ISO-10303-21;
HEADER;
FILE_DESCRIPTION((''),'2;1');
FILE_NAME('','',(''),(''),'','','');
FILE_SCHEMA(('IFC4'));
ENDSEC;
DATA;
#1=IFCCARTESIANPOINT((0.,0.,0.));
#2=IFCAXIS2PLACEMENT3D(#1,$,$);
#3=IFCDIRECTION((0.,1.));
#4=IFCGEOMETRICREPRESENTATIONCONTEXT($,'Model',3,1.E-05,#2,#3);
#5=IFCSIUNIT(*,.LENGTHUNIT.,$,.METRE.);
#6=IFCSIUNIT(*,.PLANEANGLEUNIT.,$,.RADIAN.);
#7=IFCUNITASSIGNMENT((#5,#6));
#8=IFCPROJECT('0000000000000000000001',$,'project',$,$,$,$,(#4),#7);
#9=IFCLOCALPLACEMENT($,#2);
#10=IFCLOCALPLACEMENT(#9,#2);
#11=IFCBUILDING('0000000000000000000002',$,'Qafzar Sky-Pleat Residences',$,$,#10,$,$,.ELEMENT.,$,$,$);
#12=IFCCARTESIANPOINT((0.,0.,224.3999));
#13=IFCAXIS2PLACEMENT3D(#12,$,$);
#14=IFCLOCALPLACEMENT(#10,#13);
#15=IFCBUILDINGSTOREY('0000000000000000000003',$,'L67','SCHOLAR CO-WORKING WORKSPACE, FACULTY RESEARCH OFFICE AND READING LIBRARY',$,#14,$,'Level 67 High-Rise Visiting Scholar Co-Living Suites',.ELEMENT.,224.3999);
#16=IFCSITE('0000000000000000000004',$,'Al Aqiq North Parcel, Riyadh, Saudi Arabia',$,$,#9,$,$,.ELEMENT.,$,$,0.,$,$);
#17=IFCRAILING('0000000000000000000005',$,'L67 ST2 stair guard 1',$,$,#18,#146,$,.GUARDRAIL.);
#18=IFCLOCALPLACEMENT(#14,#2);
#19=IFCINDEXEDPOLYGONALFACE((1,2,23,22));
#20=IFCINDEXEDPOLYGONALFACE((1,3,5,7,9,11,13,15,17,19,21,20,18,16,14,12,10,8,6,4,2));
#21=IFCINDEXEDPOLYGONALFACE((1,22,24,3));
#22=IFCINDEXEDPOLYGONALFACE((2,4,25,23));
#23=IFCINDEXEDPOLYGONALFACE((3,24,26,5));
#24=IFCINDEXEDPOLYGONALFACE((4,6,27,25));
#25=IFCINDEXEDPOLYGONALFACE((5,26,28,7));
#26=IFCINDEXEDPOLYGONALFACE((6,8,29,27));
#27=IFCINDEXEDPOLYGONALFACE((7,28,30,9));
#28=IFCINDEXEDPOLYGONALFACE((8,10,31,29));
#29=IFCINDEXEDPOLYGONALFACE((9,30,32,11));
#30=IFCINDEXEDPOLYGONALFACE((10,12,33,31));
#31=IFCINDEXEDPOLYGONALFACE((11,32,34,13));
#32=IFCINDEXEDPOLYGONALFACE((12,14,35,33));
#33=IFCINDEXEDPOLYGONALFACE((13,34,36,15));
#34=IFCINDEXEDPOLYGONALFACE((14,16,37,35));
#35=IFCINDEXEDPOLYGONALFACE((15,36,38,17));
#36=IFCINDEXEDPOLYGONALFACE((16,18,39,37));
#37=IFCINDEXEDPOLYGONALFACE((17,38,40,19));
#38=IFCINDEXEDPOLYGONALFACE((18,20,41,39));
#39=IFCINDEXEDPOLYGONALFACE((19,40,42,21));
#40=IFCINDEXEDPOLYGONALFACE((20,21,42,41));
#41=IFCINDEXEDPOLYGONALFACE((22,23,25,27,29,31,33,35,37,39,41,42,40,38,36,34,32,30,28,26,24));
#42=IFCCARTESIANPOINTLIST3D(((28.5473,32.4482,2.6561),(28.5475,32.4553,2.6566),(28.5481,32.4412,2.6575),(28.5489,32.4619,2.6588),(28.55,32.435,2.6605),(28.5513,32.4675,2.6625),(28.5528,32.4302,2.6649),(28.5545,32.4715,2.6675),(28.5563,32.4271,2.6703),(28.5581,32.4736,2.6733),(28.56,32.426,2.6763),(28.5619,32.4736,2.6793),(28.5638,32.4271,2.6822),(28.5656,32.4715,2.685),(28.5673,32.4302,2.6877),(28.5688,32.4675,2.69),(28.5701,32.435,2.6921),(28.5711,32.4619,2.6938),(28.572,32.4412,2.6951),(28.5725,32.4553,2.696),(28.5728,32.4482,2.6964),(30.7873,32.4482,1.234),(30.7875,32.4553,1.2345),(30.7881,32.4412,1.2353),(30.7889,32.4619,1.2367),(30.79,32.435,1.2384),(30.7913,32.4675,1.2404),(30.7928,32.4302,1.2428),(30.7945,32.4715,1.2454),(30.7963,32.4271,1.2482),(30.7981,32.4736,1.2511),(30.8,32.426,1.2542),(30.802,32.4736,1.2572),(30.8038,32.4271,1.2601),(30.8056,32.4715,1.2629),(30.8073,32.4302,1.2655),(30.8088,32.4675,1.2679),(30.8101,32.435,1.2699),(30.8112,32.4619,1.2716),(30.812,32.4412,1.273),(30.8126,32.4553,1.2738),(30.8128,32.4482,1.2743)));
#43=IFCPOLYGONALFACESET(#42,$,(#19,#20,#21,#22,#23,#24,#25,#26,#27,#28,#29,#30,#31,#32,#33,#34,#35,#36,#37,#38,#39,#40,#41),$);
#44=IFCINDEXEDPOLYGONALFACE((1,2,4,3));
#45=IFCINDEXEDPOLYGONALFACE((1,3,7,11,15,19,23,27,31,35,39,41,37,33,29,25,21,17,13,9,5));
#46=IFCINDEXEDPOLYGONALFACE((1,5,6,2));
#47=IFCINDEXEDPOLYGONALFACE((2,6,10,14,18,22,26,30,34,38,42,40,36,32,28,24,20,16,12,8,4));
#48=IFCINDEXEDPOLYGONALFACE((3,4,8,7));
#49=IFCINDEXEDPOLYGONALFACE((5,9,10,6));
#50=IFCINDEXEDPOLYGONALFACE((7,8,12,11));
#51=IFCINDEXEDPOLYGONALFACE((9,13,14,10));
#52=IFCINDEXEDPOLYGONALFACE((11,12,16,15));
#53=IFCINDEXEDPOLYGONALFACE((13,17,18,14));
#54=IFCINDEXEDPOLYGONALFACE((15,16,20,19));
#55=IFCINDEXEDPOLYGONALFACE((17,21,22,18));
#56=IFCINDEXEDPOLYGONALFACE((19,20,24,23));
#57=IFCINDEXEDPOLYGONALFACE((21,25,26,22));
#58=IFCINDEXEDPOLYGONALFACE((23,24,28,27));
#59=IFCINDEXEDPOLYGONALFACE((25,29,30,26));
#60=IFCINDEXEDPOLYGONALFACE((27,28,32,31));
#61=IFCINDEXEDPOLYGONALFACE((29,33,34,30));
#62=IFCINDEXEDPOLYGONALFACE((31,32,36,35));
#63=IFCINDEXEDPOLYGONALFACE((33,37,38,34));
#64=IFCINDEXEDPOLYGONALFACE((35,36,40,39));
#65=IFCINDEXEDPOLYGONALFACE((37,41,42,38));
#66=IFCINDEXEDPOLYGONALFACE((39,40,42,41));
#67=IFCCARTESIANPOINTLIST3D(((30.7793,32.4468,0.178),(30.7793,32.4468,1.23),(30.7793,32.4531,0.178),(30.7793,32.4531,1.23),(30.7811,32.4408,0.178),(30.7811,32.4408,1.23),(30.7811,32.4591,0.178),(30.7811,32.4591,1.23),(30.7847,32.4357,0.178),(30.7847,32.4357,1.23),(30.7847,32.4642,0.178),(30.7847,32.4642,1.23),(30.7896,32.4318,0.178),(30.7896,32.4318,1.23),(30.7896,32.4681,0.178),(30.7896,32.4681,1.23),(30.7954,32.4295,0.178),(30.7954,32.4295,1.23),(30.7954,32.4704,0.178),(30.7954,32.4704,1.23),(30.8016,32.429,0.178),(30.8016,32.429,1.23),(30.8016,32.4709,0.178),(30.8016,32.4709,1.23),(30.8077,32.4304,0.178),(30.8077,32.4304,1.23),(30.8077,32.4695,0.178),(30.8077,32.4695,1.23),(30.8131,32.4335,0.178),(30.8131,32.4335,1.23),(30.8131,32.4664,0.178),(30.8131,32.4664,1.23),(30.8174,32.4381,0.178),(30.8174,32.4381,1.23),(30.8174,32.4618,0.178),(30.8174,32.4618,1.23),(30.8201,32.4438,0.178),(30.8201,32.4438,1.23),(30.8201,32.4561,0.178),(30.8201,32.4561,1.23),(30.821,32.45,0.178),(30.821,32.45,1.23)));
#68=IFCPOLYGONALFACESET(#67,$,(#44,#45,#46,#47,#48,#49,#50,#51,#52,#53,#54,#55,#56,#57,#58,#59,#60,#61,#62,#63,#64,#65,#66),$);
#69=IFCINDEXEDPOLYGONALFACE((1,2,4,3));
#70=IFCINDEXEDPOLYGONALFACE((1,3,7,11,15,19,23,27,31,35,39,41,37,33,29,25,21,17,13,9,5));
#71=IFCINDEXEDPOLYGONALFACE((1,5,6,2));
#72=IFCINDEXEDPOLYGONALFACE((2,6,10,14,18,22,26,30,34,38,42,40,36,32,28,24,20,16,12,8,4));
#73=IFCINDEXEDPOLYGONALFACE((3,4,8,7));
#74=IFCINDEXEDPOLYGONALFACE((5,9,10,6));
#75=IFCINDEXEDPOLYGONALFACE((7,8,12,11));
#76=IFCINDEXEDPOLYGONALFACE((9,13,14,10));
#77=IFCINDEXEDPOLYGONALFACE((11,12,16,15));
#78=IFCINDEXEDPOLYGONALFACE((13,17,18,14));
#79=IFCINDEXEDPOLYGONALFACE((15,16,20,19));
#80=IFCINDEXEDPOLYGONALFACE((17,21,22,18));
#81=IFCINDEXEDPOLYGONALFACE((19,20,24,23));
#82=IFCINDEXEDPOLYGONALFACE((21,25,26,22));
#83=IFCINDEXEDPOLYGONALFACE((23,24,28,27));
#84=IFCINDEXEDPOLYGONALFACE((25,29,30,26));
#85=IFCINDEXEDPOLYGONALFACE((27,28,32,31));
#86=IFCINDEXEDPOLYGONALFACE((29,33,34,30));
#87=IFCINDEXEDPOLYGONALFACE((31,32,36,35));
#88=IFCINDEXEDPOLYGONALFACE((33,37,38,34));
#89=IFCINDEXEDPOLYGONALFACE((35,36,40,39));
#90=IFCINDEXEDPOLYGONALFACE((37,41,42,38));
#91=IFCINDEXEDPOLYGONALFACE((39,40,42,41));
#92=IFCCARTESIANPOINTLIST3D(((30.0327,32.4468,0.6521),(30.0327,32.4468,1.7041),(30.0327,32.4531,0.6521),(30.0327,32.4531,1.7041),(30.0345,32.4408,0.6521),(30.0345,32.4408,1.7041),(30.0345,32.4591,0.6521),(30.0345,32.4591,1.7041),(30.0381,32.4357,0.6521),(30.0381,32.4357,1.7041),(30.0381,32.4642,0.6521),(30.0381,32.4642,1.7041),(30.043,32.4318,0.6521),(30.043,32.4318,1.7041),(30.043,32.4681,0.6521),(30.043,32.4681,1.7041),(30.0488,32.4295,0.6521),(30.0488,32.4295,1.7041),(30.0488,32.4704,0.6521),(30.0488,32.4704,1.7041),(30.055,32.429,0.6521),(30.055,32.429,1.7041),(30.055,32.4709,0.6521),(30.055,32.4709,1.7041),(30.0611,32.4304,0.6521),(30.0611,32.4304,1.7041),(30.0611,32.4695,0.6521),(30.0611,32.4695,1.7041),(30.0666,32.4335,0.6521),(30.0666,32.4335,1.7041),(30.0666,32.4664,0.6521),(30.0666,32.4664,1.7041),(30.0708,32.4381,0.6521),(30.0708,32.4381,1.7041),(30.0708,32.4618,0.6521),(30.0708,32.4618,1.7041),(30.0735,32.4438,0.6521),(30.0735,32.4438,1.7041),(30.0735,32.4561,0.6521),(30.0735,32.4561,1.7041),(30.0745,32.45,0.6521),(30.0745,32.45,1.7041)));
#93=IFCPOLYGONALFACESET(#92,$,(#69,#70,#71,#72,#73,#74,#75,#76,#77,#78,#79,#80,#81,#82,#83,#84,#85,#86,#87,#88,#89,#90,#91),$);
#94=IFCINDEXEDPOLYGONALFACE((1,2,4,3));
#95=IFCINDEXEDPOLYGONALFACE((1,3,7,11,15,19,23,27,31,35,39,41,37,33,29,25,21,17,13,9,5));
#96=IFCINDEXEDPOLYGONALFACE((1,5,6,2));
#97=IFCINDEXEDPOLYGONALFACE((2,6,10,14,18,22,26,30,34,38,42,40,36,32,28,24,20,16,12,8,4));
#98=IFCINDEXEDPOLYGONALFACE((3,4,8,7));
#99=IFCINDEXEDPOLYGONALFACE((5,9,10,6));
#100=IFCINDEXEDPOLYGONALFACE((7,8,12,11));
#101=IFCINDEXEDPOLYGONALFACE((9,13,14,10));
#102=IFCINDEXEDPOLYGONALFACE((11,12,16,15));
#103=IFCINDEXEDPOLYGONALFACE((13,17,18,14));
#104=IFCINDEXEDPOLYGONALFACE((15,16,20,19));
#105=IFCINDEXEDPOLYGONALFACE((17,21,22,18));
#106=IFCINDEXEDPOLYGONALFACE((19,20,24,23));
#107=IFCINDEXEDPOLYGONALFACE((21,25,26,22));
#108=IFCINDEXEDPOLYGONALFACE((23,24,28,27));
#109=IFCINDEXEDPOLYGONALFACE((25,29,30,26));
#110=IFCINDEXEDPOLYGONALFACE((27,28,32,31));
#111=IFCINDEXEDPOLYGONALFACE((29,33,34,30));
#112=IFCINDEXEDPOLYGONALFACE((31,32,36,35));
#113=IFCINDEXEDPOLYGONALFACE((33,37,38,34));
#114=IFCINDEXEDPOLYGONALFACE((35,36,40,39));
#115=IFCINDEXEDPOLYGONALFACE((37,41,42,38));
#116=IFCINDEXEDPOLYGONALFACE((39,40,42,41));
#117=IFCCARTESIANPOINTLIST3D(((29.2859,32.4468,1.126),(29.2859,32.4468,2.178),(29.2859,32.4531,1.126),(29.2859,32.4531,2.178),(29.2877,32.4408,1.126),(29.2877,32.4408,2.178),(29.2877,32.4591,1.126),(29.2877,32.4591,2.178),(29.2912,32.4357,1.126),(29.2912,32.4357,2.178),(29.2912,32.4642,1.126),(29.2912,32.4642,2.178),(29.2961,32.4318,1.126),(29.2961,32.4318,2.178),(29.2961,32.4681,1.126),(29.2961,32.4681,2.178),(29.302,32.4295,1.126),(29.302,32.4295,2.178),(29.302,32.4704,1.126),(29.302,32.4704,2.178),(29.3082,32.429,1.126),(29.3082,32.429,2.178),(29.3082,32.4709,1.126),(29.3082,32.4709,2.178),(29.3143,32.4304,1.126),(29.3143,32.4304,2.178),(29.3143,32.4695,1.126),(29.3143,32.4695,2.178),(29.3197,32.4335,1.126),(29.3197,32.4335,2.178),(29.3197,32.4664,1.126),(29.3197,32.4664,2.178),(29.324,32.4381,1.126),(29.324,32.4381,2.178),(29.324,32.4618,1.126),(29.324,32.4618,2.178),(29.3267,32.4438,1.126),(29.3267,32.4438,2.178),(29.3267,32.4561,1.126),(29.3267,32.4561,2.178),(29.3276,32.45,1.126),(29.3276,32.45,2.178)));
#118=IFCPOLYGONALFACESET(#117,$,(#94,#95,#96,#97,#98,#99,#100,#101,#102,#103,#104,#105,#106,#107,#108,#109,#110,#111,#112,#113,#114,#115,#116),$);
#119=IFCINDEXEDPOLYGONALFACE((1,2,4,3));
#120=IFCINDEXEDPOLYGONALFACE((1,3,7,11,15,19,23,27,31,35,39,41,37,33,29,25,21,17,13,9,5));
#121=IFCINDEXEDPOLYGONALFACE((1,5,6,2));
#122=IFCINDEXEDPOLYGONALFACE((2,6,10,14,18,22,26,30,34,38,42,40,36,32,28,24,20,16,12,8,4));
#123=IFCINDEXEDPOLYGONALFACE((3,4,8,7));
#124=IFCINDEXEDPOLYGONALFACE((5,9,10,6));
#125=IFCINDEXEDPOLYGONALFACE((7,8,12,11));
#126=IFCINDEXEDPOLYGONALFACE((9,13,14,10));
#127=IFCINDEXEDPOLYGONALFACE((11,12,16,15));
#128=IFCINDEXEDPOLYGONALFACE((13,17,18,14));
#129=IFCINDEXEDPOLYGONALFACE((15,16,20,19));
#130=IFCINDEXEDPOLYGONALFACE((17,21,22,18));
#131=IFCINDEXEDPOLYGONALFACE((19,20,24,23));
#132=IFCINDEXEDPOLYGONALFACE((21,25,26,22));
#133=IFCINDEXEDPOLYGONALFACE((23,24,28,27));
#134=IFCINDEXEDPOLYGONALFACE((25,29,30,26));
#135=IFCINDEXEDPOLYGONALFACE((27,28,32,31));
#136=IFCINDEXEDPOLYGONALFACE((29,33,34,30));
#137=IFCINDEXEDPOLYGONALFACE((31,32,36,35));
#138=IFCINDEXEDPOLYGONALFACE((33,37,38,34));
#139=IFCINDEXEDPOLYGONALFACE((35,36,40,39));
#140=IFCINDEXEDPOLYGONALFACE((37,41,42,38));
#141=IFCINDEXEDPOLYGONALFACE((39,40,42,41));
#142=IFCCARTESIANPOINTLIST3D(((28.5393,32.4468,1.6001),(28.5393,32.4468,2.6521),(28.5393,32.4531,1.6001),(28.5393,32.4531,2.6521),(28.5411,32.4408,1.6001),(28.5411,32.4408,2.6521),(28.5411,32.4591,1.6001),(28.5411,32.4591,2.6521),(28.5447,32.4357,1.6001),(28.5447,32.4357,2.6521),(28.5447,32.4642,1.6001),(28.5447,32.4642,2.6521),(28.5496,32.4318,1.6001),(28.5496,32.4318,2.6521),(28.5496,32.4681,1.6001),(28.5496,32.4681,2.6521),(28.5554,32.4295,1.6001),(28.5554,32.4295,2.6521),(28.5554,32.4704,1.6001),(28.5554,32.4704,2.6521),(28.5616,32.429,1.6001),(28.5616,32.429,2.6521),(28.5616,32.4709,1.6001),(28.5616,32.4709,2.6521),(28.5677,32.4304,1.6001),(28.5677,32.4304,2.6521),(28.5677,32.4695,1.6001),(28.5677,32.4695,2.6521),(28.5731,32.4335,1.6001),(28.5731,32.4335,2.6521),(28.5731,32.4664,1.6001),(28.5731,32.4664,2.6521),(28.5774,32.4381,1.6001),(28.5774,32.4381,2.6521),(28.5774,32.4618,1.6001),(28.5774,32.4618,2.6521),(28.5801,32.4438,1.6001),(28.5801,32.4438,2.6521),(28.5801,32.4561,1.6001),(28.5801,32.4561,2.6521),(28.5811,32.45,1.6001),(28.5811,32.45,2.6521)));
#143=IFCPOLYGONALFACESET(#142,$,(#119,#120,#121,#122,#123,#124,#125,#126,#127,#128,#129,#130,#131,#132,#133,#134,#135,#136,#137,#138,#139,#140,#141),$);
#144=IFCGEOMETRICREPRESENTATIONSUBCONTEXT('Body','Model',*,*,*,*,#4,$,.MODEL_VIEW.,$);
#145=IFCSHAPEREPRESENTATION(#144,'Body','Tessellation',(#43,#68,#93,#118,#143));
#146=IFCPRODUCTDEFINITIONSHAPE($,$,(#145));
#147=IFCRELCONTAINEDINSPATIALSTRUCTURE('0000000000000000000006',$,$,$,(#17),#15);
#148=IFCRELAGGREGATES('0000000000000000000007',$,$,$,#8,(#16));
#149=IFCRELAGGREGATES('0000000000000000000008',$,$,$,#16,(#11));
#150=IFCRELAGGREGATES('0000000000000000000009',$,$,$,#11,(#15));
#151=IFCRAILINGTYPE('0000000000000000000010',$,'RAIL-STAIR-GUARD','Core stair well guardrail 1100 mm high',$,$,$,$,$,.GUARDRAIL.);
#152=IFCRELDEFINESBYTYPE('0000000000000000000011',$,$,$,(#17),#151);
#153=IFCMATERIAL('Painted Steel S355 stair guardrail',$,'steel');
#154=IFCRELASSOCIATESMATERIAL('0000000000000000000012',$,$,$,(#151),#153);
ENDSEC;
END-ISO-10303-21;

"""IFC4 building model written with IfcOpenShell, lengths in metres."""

from ifc_helpers import new_model, si_unit, direction, frame, origin, origin_2d, place, context, subcontext, project, spatial, circle, extrude, source, transform, mapped, material, type_object, element, save


model = new_model("IFC4")

# Units and contexts
model_context = context("Model", 3, precision=1e-05, world=origin(), true_north=direction((0.0, 1.0)))
body_context = subcontext(model_context, "Body", "Model", "MODEL_VIEW")
ifc_project = project(units=[si_unit("LENGTHUNIT", "METRE"), si_unit("PLANEANGLEUNIT", "RADIAN")], contexts=[model_context])

# Site, building, storey
site_placement = place(None, origin())
site = spatial("IfcSite", under=ifc_project, at=site_placement, Name="Al Aqiq North Parcel, Riyadh, Saudi Arabia", CompositionType="ELEMENT", RefElevation=0.0)
building_placement = place(site_placement, origin())
building = spatial("IfcBuilding", under=site, at=building_placement, Name="Qafzar Sky-Pleat Residences", CompositionType="ELEMENT")
storey_placement = place(building_placement, frame((0.0, 0.0, 224.3999)))
storey = spatial("IfcBuildingStorey", under=building, at=storey_placement, Name="L67", Description="SCHOLAR CO-WORKING WORKSPACE, FACULTY RESEARCH OFFICE AND READING LIBRARY", LongName="Level 67 High-Rise Visiting Scholar Co-Living Suites", CompositionType="ELEMENT", Elevation=224.3999)

# Railing
ifc_material_1 = material(Name="Painted Steel S355 stair guardrail", Category="steel")
railing_type_1 = type_object("IfcRailingType", Name="RAIL-STAIR-GUARD", Description="Core stair well guardrail 1100 mm high", PredefinedType="GUARDRAIL", material=ifc_material_1)
shared_shape_1 = source(origin(), body_context, "Body", "SweptSolid", [
    extrude(circle(Radius=0.0239, at=origin_2d()), frame((0.0, 0.0, 1.0762), z_axis=(-0.844229, 0.0, 0.535982), x_axis=(0.0, -1.0, 0.0)), (0.0, 0.0, 1.0), 2.6533),
    extrude(circle(Radius=0.021, at=origin_2d()), origin(), (0.0, 0.0, 1.0), 1.052),
    extrude(circle(Radius=0.021, at=origin_2d()), frame((-0.7466, 0.0, 0.4741)), (0.0, 0.0, 1.0), 1.052),
    extrude(circle(Radius=0.021, at=origin_2d()), frame((-1.4934, 0.0, 0.948)), (0.0, 0.0, 1.0), 1.052),
    extrude(circle(Radius=0.021, at=origin_2d()), frame((-2.24, 0.0, 1.4221)), (0.0, 0.0, 1.0), 1.052),
])
railing_1_placement = place(storey_placement, frame((30.8, 32.45, 0.178)))
element("IfcRailing", 1, at=railing_1_placement, inside=storey, type_object=railing_type_1, Name="L67 ST2 stair guard 1", PredefinedType="GUARDRAIL", context=body_context, shape_type="MappedRepresentation", body=[
    mapped(shared_shape_1, transform((0.0, 0.0, 0.0), x_axis=(1.0, 0.0, 0.0), y_axis=(0.0, 1.0, 0.0), z_axis=(0.0, 0.0, 1.0), scale=1.0)),
])

save(model, "model.ifc")
